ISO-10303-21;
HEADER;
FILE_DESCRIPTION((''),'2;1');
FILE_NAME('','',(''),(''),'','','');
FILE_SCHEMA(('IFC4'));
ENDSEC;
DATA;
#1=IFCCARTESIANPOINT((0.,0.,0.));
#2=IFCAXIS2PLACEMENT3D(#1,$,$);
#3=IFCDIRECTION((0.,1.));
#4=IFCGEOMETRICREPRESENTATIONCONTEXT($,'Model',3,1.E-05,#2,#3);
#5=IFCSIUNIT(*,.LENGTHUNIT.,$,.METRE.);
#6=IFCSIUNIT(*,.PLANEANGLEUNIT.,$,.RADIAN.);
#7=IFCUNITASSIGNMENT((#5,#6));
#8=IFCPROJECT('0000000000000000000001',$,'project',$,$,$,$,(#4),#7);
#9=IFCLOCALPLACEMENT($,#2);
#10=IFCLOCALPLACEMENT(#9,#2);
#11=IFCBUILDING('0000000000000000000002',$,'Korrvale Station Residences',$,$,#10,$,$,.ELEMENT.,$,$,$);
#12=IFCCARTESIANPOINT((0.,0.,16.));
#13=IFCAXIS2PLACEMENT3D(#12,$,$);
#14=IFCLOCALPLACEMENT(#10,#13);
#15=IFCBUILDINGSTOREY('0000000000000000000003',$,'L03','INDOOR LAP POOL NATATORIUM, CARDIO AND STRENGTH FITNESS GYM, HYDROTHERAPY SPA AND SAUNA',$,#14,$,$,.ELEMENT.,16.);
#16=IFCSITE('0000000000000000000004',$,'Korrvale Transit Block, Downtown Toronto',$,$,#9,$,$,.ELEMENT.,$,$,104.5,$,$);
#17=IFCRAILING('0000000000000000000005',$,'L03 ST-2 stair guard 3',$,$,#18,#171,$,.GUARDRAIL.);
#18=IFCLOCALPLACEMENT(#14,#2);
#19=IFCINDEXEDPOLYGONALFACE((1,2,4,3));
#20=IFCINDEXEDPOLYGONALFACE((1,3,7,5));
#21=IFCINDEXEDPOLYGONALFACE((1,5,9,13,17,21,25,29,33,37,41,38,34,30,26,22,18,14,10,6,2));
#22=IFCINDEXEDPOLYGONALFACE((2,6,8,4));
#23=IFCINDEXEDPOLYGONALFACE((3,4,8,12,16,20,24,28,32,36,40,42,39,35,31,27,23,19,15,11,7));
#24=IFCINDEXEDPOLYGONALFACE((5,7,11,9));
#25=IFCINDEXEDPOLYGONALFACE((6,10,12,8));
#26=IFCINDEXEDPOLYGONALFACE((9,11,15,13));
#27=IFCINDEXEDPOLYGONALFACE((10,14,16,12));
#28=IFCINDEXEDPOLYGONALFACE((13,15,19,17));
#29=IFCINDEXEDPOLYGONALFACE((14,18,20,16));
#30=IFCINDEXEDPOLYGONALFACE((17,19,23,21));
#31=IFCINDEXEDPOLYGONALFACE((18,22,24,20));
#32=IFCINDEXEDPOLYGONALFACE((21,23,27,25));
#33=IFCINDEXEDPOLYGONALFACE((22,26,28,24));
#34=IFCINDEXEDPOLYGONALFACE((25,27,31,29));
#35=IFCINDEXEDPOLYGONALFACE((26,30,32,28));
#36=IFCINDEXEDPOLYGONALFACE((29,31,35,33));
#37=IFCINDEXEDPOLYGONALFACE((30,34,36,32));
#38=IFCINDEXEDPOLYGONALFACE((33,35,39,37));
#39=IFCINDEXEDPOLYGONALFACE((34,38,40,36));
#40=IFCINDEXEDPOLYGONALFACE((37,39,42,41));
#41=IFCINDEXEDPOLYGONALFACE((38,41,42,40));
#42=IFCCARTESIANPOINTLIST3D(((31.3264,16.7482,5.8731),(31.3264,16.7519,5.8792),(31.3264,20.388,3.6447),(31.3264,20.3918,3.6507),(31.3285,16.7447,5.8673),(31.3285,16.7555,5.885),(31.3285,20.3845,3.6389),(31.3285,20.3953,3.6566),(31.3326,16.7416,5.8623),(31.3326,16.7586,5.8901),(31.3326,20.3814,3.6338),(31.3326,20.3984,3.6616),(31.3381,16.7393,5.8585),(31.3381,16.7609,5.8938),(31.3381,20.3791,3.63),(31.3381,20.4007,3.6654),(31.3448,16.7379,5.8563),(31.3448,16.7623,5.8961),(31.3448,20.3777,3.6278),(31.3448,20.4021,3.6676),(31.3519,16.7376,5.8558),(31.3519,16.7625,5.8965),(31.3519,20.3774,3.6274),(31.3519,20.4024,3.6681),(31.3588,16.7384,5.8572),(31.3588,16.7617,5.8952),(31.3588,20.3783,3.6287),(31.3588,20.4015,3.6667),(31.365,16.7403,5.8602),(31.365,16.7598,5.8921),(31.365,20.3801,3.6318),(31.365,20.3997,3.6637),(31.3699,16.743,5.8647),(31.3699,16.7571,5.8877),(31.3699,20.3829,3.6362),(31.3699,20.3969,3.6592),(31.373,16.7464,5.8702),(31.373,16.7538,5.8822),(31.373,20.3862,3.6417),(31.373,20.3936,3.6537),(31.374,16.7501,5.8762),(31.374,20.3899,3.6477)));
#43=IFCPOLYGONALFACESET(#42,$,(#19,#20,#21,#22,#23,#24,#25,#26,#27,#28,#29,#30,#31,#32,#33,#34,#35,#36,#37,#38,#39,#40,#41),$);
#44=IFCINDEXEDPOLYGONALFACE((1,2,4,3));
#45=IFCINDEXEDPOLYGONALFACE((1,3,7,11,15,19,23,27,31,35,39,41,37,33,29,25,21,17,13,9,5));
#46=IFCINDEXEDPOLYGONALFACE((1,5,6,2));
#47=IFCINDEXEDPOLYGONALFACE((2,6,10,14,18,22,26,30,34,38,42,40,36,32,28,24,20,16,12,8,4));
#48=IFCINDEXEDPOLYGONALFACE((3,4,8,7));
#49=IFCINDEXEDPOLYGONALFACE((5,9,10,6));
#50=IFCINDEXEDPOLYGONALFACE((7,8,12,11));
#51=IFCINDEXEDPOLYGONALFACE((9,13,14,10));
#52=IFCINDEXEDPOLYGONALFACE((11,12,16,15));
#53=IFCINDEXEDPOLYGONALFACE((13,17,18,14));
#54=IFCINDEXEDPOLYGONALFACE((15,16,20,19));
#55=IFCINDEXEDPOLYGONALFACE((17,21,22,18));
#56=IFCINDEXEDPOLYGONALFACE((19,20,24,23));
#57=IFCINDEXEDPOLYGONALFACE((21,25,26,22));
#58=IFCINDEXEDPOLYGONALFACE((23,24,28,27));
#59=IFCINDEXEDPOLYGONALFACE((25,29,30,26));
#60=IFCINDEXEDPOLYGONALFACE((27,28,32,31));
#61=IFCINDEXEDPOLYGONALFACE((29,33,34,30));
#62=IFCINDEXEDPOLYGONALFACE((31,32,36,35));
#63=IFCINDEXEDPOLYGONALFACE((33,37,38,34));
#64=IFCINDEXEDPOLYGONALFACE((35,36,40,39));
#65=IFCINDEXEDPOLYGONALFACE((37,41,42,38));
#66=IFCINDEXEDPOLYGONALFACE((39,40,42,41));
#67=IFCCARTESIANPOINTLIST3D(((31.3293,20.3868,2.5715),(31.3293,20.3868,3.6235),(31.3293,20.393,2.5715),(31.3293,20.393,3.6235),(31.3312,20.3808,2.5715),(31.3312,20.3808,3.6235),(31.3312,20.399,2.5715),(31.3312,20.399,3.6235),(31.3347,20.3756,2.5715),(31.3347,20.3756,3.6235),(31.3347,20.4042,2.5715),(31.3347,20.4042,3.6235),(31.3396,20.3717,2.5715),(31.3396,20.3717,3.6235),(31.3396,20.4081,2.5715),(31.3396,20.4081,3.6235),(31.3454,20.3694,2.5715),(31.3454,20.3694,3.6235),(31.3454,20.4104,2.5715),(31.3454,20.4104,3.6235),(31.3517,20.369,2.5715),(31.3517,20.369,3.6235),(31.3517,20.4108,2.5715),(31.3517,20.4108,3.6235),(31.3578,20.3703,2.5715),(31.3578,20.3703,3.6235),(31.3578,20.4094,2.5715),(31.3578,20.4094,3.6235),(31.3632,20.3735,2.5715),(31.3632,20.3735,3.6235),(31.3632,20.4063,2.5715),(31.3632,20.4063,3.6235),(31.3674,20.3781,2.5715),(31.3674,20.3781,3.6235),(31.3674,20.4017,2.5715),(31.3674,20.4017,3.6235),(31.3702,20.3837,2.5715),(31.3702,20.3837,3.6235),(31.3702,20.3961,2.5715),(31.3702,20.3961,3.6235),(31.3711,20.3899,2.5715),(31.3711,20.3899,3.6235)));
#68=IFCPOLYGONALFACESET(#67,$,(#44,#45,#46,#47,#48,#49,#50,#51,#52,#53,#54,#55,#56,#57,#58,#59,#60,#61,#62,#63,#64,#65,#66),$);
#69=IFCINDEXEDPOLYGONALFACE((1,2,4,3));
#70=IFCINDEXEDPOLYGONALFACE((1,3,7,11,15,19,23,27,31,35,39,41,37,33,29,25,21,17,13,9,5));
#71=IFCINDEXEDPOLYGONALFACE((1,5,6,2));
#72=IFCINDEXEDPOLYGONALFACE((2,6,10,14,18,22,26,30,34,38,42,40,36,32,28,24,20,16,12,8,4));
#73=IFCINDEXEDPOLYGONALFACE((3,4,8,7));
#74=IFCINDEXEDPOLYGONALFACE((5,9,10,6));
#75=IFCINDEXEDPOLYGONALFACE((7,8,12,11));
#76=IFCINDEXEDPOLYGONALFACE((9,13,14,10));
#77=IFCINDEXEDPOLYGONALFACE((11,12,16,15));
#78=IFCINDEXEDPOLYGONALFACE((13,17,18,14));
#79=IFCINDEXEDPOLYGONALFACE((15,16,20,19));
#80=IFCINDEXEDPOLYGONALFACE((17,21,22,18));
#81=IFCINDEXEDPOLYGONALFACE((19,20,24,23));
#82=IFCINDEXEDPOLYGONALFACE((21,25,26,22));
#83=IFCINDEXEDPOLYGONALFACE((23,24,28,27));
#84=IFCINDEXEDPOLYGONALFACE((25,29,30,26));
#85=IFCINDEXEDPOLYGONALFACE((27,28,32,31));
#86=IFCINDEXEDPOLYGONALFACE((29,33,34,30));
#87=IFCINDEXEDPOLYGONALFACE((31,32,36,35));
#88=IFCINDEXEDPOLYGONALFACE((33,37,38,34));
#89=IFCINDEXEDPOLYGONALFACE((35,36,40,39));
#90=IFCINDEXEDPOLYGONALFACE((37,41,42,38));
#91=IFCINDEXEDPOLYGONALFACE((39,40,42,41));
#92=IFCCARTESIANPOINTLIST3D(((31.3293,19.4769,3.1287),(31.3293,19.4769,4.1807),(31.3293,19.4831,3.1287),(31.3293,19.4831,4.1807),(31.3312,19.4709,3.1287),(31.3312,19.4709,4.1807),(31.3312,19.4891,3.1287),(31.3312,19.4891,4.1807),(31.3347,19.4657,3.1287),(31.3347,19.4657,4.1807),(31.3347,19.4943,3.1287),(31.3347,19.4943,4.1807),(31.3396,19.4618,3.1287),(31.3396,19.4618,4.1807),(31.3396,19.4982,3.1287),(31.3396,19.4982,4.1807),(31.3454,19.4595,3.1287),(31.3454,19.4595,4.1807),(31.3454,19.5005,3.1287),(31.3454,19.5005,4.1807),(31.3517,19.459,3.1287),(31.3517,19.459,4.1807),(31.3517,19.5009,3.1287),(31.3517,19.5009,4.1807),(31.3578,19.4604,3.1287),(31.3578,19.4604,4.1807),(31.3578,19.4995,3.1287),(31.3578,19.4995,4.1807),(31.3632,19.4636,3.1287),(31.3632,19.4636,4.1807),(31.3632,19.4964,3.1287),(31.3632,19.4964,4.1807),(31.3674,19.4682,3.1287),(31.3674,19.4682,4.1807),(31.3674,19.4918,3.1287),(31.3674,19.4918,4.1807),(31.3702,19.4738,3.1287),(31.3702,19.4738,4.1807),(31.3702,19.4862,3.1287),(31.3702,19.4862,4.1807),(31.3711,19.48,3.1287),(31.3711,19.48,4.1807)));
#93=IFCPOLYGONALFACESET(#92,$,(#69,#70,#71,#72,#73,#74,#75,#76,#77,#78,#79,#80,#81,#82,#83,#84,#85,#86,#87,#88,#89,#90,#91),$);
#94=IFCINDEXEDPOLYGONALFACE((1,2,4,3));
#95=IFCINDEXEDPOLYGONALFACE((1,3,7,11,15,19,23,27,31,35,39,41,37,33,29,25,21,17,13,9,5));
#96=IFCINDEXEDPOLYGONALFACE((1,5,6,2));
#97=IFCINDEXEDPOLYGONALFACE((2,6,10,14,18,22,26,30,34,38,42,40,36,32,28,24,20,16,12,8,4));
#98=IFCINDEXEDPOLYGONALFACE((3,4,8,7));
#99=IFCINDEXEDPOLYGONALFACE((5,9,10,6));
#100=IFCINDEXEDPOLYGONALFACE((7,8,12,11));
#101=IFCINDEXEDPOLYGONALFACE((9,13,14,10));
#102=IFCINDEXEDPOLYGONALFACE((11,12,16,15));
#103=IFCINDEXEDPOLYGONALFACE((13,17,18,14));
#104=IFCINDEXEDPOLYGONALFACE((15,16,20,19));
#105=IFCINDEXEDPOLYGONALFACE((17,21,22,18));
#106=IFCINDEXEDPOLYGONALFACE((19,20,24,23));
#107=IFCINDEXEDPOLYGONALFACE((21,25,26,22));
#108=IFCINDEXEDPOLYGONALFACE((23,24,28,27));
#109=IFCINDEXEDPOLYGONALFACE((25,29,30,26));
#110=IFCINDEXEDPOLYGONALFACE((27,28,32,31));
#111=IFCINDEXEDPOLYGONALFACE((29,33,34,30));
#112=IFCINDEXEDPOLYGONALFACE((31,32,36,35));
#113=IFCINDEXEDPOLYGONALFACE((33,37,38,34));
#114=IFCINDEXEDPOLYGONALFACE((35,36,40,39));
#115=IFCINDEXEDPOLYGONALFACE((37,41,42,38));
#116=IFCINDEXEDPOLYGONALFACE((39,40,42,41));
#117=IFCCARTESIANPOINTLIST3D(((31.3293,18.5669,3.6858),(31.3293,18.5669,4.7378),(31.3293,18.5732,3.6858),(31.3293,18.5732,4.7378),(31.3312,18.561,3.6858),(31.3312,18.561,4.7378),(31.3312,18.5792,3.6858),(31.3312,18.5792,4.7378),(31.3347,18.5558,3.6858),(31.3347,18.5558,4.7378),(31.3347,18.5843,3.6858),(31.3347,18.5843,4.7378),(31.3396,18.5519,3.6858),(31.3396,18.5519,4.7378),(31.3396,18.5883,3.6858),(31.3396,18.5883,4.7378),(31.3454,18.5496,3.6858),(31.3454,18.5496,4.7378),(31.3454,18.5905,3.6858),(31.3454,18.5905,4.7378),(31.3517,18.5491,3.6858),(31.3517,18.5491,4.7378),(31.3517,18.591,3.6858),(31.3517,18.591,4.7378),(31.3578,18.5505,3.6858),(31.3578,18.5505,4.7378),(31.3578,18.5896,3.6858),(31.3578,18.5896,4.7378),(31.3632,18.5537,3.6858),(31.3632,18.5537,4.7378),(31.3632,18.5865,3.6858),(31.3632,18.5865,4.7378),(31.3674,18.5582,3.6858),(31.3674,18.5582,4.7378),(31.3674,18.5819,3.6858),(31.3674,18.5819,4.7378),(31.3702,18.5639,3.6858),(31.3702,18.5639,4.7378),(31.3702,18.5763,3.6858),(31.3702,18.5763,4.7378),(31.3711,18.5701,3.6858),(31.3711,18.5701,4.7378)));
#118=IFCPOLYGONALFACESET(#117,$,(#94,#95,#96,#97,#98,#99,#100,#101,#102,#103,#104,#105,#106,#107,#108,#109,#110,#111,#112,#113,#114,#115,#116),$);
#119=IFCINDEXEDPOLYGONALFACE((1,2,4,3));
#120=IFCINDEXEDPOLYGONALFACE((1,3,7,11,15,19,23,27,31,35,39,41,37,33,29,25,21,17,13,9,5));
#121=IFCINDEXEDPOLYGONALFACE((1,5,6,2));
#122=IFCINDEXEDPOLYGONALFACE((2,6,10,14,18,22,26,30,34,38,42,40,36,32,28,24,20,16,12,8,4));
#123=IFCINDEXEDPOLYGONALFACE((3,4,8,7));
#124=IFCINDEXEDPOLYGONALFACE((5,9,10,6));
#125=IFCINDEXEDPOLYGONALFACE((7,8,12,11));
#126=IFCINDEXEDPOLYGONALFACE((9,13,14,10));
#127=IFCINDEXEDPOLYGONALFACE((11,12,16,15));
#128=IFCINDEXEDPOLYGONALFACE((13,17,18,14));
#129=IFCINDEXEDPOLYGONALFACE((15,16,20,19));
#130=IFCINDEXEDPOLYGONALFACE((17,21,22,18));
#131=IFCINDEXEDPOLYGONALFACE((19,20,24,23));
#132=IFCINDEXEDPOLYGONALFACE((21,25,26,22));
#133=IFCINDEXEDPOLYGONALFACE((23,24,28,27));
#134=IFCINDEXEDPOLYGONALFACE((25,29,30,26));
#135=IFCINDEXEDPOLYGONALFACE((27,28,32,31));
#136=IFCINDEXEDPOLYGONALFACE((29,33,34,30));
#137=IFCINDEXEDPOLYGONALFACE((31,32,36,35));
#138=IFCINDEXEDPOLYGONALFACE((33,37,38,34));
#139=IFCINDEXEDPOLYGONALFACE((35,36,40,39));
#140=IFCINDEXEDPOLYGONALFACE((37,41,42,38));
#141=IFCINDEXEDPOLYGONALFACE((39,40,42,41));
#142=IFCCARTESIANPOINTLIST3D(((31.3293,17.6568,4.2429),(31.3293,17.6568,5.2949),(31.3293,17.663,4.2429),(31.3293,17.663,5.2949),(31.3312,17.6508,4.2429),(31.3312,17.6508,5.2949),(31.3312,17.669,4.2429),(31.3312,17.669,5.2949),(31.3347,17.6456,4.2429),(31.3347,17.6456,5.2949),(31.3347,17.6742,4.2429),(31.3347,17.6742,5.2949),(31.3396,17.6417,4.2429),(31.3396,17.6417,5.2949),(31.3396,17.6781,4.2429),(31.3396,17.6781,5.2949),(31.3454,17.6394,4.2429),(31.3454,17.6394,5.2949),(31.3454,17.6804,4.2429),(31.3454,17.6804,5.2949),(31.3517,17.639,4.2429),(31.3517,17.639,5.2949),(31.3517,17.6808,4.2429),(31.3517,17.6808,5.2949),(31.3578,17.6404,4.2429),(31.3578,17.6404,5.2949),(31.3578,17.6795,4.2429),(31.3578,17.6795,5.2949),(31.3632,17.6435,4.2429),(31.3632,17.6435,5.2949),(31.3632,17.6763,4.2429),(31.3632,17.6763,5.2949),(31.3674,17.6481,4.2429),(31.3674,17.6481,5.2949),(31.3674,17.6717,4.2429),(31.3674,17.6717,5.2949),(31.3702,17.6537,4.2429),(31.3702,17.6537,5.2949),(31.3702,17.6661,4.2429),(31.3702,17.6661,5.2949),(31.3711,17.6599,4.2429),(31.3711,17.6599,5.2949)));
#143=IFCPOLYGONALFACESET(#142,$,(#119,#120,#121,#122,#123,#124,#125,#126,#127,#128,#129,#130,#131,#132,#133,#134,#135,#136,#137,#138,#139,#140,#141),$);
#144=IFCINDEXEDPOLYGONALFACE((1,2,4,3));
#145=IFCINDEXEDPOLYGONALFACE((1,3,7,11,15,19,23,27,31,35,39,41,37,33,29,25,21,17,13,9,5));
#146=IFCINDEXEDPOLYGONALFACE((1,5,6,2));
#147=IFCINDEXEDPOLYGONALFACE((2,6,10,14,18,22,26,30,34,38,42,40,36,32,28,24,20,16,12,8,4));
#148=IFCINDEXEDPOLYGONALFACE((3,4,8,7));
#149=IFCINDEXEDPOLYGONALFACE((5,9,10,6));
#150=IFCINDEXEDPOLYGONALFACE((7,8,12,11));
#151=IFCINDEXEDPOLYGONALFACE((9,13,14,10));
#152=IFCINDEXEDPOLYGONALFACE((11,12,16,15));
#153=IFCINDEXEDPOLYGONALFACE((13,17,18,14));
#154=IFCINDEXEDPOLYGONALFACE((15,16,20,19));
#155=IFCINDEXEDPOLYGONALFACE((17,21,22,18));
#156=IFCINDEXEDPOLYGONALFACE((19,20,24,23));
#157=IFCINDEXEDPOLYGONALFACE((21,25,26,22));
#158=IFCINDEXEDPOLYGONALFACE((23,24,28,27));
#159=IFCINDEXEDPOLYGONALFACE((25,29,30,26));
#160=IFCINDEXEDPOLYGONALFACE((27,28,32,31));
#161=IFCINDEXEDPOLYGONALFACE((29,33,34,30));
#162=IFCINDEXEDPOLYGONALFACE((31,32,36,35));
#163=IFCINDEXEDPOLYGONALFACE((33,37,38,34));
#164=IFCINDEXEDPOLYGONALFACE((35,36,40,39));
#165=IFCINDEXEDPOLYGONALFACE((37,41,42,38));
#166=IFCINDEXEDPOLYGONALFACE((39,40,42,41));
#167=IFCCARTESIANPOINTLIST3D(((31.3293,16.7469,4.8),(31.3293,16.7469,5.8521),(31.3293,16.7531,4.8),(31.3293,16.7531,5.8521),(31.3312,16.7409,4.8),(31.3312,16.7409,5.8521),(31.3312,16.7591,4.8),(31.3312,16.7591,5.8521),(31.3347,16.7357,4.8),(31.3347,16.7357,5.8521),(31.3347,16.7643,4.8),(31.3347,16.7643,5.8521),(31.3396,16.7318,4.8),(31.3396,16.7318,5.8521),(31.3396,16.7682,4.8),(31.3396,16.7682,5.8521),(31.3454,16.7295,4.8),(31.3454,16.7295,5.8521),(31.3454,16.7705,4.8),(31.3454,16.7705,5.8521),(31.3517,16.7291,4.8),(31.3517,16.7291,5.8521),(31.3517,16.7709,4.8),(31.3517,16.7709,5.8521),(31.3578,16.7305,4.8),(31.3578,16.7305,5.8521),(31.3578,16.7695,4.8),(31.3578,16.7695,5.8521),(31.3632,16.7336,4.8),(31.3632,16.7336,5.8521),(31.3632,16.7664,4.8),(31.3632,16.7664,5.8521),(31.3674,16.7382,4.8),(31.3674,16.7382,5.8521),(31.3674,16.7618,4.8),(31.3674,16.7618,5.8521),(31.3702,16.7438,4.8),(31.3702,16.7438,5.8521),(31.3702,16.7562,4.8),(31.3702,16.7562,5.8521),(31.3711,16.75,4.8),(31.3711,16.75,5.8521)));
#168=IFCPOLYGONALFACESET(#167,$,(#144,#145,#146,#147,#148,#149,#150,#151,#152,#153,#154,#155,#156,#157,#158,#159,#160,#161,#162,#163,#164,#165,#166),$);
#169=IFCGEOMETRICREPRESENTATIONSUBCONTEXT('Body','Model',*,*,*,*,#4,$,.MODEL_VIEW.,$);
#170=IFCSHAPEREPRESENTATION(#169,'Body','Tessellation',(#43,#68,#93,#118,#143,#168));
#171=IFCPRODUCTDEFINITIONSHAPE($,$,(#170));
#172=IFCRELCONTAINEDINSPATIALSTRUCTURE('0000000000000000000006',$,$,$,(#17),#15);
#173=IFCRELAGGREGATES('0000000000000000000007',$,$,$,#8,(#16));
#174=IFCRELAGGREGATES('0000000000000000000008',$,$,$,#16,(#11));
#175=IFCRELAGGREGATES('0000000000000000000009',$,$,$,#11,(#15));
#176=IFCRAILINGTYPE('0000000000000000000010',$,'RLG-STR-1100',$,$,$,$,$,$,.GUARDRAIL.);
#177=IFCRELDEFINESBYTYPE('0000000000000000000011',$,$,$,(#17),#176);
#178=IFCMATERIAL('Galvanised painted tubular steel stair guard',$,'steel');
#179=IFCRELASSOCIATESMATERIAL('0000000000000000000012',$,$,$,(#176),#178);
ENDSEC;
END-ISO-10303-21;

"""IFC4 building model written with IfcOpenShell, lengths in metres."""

from ifc_helpers import new_model, si_unit, direction, frame, origin, origin_2d, place, context, subcontext, project, spatial, circle, extrude, material, type_object, element, save


model = new_model("IFC4")

# Units and contexts
model_context = context("Model", 3, precision=1e-05, world=origin(), true_north=direction((0.0, 1.0)))
body_context = subcontext(model_context, "Body", "Model", "MODEL_VIEW")
ifc_project = project(units=[si_unit("LENGTHUNIT", "METRE"), si_unit("PLANEANGLEUNIT", "RADIAN")], contexts=[model_context])

# Site, building, storey
site_placement = place(None, origin())
site = spatial("IfcSite", under=ifc_project, at=site_placement, Name="Korrvale Transit Block, Downtown Toronto", CompositionType="ELEMENT", RefElevation=104.5)
building_placement = place(site_placement, origin())
building = spatial("IfcBuilding", under=site, at=building_placement, Name="Korrvale Station Residences", CompositionType="ELEMENT")
storey_placement = place(building_placement, frame((0.0, 0.0, 16.0)))
storey = spatial("IfcBuildingStorey", under=building, at=storey_placement, Name="L03", Description="INDOOR LAP POOL NATATORIUM, CARDIO AND STRENGTH FITNESS GYM, HYDROTHERAPY SPA AND SAUNA", CompositionType="ELEMENT", Elevation=16.0)

# Railing
ifc_material_1 = material(Name="Galvanised painted tubular steel stair guard", Category="steel")
railing_type_1 = type_object("IfcRailingType", Name="RLG-STR-1100", PredefinedType="GUARDRAIL", material=ifc_material_1)
railing_1_placement = place(storey_placement, frame((31.3501, 20.3899, 2.5715)))
element("IfcRailing", 1, at=railing_1_placement, inside=storey, type_object=railing_type_1, Name="L03 ST-2 stair guard 3", PredefinedType="GUARDRAIL", context=body_context, shape_type="SweptSolid", body=[
    extrude(circle(Radius=0.0239, at=origin_2d()), frame((0.0, 0.0, 1.0762), z_axis=(0.0, -0.85285, 0.522156), x_axis=(1.0, 0.0, 0.0)), (0.0, 0.0, 1.0), 4.2678),
    extrude(circle(Radius=0.021, at=origin_2d()), origin(), (0.0, 0.0, 1.0), 1.052),
    extrude(circle(Radius=0.021, at=origin_2d()), frame((0.0, -0.9099, 0.5571)), (0.0, 0.0, 1.0), 1.052),
    extrude(circle(Radius=0.021, at=origin_2d()), frame((0.0, -1.8198, 1.1143)), (0.0, 0.0, 1.0), 1.052),
    extrude(circle(Radius=0.021, at=origin_2d()), frame((0.0, -2.73, 1.6714)), (0.0, 0.0, 1.0), 1.052),
    extrude(circle(Radius=0.021, at=origin_2d()), frame((0.0, -3.6399, 2.2285)), (0.0, 0.0, 1.0), 1.052),
])

save(model, "model.ifc")
